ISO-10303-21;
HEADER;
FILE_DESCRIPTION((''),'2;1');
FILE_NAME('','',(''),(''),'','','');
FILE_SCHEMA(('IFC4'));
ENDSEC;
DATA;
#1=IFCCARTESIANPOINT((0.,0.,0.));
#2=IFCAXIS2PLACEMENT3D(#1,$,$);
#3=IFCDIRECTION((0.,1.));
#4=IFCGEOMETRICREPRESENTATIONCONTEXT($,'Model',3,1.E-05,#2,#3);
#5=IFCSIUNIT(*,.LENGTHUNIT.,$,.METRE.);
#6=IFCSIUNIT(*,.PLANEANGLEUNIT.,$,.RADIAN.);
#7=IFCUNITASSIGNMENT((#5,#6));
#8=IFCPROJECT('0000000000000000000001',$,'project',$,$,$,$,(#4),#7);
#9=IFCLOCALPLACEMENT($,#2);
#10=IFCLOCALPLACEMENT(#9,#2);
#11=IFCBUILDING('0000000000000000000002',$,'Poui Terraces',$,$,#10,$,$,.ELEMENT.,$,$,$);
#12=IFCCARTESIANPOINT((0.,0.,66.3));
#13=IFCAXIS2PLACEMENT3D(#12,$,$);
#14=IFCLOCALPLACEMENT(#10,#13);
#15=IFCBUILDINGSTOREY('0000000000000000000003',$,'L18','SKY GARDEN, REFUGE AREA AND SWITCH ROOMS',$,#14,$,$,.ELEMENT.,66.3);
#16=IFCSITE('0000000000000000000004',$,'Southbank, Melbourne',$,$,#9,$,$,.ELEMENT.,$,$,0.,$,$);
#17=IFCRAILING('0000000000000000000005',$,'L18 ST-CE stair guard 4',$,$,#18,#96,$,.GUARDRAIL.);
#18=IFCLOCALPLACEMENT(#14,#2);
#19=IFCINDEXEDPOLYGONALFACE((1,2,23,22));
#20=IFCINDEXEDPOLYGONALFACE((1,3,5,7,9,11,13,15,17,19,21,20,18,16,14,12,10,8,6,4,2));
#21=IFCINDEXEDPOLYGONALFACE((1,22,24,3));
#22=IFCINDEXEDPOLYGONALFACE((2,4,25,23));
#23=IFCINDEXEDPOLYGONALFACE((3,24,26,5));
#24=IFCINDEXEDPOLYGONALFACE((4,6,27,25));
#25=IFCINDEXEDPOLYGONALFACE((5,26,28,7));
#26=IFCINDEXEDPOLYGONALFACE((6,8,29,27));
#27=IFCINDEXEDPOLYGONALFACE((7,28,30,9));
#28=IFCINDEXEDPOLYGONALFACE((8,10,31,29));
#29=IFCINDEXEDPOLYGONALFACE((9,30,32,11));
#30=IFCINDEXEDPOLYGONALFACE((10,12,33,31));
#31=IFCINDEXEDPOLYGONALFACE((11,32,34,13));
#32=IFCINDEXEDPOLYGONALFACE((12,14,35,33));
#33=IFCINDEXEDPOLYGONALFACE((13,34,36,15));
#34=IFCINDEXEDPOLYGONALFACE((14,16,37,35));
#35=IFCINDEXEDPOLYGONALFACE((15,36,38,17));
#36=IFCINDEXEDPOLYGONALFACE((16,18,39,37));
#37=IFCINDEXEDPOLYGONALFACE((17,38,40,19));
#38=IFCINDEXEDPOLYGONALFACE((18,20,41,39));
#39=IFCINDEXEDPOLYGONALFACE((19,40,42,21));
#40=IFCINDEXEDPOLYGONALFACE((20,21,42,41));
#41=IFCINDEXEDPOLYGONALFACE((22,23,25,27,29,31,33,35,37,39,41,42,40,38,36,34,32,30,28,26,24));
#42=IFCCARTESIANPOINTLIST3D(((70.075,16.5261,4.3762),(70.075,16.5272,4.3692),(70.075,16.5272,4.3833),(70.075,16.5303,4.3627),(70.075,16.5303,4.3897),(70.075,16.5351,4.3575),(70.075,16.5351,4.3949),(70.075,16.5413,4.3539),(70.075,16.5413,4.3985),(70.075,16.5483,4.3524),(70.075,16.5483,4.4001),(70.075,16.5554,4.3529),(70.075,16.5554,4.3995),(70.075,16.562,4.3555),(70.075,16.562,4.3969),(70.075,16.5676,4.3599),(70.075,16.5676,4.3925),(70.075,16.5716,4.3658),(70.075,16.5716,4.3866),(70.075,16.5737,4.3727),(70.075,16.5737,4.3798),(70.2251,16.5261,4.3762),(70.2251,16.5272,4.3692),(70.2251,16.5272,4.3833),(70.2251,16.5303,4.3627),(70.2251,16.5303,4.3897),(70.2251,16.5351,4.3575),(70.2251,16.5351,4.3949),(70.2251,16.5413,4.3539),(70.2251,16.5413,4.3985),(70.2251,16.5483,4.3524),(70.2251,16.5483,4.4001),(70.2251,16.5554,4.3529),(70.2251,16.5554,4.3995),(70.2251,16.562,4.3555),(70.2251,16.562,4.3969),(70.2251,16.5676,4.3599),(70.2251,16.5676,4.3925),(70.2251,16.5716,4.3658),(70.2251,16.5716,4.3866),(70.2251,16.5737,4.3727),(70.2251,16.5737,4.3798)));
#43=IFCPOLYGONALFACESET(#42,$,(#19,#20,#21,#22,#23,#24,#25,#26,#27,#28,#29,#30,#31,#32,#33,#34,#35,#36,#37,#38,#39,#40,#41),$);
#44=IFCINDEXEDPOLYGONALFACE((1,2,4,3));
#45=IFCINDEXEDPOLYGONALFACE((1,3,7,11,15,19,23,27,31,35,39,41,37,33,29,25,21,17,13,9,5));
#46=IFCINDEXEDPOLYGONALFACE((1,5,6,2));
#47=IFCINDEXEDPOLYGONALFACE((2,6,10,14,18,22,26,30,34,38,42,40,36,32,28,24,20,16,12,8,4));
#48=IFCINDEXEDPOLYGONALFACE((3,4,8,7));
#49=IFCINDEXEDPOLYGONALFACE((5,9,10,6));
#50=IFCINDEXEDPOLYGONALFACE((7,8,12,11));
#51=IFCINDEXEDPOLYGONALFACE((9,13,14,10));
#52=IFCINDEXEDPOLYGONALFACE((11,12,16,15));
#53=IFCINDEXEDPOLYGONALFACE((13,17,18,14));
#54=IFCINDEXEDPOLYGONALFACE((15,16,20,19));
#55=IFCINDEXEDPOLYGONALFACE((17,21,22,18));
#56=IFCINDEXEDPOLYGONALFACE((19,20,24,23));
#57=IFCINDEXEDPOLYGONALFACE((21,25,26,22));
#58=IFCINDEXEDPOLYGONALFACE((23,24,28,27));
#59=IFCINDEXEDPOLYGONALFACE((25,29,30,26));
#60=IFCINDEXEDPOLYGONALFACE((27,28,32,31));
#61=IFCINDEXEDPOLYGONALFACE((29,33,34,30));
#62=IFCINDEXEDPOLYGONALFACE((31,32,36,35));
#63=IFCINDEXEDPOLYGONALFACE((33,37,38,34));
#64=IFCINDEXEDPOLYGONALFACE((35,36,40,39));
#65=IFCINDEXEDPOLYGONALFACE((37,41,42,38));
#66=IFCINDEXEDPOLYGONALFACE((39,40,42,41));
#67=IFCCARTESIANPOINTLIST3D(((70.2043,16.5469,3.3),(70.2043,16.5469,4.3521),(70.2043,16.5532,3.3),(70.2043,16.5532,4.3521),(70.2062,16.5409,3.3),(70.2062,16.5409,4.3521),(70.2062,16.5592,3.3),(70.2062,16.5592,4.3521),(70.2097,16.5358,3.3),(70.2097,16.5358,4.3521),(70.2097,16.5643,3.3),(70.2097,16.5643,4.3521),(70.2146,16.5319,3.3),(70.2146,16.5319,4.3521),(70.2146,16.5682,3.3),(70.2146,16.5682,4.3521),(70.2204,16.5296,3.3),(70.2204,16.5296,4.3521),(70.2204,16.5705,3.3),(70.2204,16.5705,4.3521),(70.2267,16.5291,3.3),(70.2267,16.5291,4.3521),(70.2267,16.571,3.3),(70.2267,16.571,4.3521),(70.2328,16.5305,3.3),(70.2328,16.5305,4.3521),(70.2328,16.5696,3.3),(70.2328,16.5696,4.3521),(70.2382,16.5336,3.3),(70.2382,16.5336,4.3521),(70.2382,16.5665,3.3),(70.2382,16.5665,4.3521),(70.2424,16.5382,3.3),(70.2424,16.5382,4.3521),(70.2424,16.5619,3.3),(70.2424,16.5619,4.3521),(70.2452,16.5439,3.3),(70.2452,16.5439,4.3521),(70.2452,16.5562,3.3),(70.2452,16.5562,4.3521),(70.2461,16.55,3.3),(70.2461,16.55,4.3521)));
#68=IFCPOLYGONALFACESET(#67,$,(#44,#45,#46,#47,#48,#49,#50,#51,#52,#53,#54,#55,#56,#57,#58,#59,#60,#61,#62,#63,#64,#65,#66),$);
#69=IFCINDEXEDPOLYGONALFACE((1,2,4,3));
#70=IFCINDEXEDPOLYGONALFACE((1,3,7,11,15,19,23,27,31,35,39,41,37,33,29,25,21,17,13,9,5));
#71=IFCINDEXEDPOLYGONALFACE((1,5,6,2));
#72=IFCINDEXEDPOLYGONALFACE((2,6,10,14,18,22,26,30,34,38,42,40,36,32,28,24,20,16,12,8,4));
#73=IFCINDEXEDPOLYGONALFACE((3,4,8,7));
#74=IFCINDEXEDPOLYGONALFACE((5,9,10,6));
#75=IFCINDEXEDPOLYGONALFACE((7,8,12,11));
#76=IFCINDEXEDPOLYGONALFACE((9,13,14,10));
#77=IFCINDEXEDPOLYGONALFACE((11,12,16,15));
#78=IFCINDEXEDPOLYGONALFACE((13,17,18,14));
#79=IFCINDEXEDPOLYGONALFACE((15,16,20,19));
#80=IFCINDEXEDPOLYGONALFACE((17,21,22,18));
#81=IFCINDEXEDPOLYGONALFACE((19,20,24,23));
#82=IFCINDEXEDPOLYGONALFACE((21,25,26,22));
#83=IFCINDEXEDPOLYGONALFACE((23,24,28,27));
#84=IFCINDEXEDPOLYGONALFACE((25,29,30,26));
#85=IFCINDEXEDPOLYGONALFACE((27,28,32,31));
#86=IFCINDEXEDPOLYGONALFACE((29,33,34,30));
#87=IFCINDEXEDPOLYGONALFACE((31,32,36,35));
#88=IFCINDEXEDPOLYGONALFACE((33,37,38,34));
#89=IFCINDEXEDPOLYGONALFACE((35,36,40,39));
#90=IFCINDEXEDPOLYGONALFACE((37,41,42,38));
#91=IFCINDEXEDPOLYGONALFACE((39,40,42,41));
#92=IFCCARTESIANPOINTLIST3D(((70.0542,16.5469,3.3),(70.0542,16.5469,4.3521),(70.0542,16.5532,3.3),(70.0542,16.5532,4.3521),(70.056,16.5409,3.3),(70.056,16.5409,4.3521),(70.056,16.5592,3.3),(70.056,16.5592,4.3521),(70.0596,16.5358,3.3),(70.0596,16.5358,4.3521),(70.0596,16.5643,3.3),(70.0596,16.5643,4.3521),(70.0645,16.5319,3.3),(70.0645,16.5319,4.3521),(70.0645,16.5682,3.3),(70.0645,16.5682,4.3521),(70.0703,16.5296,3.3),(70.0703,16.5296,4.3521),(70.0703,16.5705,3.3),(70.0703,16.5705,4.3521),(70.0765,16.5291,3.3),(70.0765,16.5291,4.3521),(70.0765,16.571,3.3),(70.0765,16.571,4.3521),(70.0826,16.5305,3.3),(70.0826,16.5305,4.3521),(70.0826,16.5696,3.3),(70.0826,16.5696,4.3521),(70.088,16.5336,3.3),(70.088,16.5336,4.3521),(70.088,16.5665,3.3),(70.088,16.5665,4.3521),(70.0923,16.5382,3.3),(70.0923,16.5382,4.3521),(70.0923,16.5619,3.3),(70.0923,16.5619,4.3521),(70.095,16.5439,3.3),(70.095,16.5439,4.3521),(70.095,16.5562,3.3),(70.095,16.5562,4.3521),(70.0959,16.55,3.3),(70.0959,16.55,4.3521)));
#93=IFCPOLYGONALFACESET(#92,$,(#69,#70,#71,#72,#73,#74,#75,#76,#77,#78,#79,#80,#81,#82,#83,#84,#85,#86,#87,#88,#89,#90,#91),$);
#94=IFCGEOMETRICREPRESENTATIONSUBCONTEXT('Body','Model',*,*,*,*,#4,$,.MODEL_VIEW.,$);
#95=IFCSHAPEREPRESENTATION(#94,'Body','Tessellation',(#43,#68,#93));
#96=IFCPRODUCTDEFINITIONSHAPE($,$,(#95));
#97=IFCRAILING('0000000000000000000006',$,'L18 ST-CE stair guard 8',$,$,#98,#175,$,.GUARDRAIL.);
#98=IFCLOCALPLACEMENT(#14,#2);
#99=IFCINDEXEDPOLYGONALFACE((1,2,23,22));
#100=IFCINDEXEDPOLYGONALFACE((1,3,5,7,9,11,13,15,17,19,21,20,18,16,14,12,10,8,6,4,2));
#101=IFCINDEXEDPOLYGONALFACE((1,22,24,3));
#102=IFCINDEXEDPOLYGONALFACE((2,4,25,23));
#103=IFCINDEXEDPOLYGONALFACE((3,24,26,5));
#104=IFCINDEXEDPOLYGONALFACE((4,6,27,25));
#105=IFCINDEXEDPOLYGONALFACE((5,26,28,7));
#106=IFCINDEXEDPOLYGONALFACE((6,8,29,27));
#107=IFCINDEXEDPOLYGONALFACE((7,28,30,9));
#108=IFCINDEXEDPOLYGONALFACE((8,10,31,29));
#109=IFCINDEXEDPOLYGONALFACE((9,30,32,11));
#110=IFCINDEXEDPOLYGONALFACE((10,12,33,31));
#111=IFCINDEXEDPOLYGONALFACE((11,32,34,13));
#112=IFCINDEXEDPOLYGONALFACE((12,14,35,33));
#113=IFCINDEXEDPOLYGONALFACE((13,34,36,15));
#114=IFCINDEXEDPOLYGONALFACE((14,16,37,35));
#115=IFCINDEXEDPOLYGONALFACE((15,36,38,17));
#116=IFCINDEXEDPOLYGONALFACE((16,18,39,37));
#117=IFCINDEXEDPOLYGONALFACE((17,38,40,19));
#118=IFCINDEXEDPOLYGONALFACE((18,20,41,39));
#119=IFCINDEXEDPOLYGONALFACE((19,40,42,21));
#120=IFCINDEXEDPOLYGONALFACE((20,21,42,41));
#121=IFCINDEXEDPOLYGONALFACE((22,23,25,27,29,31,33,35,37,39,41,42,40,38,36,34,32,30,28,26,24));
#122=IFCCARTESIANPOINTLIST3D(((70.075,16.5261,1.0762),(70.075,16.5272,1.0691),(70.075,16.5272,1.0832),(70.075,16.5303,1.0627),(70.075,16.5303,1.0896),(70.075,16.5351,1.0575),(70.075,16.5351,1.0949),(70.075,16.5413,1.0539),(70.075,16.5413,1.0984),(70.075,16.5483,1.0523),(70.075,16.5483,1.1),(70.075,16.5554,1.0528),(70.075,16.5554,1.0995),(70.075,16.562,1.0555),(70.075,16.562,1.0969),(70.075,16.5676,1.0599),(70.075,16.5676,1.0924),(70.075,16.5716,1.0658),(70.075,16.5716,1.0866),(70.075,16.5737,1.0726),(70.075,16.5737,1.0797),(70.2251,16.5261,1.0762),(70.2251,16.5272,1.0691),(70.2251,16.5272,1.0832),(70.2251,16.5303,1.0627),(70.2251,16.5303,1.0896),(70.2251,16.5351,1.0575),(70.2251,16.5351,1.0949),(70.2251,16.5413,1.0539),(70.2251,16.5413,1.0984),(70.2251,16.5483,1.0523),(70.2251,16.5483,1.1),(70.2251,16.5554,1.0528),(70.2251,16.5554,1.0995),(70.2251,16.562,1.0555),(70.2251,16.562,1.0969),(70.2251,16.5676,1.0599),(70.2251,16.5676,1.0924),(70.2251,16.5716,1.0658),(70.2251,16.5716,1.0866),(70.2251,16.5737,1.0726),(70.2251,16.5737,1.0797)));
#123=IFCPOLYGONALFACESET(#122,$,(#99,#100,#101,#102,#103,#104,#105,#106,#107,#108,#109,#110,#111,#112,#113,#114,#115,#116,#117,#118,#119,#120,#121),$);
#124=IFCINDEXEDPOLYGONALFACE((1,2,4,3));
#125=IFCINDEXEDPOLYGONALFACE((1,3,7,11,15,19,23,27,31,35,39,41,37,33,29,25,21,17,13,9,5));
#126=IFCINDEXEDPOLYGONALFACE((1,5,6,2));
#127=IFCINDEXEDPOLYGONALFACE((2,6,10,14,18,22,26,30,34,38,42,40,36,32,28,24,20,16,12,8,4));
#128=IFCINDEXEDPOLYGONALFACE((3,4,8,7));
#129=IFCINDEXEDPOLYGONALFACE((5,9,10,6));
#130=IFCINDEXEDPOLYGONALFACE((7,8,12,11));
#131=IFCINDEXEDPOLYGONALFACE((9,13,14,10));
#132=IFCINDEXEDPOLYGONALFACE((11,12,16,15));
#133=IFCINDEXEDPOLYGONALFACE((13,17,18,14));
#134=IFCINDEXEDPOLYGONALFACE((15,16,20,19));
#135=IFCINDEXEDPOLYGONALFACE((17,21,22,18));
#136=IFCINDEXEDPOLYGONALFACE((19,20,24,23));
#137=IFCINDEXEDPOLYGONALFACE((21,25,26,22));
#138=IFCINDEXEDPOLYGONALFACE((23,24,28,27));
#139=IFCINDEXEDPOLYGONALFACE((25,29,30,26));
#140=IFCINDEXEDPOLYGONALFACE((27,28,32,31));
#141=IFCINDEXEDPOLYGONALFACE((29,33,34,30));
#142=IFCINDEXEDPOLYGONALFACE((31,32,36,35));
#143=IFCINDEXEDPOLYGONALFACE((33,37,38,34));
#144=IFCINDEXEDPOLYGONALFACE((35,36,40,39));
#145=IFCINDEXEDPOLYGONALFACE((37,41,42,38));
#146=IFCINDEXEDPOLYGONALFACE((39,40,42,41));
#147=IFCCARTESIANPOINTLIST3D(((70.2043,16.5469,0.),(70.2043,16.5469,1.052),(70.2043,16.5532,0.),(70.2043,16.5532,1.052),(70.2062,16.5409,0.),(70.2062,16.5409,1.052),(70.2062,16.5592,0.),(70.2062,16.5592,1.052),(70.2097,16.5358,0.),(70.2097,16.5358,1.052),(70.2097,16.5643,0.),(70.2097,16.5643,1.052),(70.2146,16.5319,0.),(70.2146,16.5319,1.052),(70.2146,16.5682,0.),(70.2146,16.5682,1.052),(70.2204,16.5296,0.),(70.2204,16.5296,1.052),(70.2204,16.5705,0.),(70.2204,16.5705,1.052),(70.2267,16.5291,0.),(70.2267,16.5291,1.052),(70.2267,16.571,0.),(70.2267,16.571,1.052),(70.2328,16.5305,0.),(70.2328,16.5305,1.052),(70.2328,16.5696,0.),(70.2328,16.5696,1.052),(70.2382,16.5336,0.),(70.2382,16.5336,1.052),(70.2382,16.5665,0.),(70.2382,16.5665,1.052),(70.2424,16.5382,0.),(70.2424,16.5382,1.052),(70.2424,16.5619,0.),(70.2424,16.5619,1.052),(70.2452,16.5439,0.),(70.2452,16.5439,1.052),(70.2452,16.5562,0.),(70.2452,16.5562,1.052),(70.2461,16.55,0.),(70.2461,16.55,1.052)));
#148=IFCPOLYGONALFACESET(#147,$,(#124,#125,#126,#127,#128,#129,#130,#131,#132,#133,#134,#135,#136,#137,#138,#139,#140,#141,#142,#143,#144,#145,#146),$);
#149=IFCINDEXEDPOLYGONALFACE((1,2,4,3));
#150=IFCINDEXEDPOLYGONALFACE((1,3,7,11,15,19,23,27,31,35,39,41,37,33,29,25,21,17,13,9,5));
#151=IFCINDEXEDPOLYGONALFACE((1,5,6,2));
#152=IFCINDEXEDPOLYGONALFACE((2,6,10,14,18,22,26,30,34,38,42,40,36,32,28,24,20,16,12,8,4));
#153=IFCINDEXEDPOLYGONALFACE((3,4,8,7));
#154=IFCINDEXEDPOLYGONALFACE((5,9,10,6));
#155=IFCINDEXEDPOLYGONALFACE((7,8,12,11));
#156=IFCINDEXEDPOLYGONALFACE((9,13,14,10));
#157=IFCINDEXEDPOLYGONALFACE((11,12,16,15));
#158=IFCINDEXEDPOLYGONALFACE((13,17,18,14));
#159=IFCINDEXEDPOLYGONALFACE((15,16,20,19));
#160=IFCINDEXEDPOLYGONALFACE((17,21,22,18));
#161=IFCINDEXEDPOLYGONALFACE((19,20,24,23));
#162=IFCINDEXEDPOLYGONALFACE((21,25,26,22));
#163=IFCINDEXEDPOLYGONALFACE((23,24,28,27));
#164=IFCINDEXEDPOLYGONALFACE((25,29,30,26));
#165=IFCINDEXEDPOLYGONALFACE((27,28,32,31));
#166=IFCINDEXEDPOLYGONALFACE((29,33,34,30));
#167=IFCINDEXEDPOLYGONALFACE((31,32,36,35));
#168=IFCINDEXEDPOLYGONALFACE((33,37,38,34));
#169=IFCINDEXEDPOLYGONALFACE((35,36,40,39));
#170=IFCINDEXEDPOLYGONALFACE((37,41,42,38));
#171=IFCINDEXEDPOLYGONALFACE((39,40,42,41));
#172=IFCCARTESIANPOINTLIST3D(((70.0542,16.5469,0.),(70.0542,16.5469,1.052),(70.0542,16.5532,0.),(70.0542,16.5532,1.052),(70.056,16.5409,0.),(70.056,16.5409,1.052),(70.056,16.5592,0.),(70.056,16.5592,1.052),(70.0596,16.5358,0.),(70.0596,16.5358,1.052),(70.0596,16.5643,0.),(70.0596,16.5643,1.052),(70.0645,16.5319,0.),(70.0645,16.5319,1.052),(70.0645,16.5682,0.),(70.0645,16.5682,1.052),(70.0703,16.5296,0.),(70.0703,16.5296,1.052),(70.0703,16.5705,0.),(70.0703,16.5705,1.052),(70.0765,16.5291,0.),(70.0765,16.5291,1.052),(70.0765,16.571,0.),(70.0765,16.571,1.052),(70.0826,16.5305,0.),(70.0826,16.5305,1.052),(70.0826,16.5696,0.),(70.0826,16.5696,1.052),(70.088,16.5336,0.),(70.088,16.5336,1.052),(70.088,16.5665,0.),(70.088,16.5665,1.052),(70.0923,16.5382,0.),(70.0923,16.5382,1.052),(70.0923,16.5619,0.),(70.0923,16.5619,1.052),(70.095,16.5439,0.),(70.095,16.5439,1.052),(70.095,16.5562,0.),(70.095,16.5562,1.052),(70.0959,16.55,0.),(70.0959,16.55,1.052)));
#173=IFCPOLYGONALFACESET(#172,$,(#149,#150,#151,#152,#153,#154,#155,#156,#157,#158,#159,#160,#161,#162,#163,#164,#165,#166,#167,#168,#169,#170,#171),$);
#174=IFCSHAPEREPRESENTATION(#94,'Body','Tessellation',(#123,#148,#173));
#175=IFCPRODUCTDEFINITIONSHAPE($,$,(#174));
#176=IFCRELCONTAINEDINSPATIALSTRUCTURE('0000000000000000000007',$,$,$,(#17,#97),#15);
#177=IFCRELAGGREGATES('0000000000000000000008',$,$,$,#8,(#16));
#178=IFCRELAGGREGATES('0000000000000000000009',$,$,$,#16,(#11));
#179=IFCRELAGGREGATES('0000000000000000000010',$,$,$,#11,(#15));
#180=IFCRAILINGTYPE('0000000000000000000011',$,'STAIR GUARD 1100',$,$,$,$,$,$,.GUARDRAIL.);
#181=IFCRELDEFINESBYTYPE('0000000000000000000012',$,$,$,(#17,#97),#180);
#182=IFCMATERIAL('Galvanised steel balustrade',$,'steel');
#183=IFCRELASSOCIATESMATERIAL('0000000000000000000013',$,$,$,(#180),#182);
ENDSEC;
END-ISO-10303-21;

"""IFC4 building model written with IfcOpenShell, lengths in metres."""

from ifc_helpers import new_model, si_unit, direction, frame, origin, origin_2d, place, context, subcontext, project, spatial, circle, extrude, material, type_object, element, save


model = new_model("IFC4")

# Units and contexts
model_context = context("Model", 3, precision=1e-05, world=origin(), true_north=direction((0.0, 1.0)))
body_context = subcontext(model_context, "Body", "Model", "MODEL_VIEW")
ifc_project = project(units=[si_unit("LENGTHUNIT", "METRE"), si_unit("PLANEANGLEUNIT", "RADIAN")], contexts=[model_context])

# Site, building, storey
site_placement = place(None, origin())
site = spatial("IfcSite", under=ifc_project, at=site_placement, Name="Southbank, Melbourne", CompositionType="ELEMENT", RefElevation=0.0)
building_placement = place(site_placement, origin())
building = spatial("IfcBuilding", under=site, at=building_placement, Name="Poui Terraces", CompositionType="ELEMENT")
storey_placement = place(building_placement, frame((0.0, 0.0, 66.3)))
storey = spatial("IfcBuildingStorey", under=building, at=storey_placement, Name="L18", Description="SKY GARDEN, REFUGE AREA AND SWITCH ROOMS", CompositionType="ELEMENT", Elevation=66.3)

# Railings
ifc_material_1 = material(Name="Galvanised steel balustrade", Category="steel")
railing_type = type_object("IfcRailingType", Name="STAIR GUARD 1100", PredefinedType="GUARDRAIL", material=ifc_material_1)
for number, where, name in (
    (1, (70.2251, 16.55, 3.3), "L18 ST-CE stair guard 4"),
    (2, (70.2251, 16.55, 0.0), "L18 ST-CE stair guard 8"),
):
    element("IfcRailing", number, at=place(storey_placement, frame(where)), inside=storey, type_object=railing_type, Name=name, PredefinedType="GUARDRAIL", context=body_context, shape_type="SweptSolid", body=[
        extrude(circle(Radius=0.0239, at=origin_2d()), frame((0.0, 0.0, 1.0762), z_axis=(-1.0, 0.0, 0.0), x_axis=(0.0, -1.0, 0.0)), (0.0, 0.0, 1.0), 0.1501),
        extrude(circle(Radius=0.021, at=origin_2d()), origin(), (0.0, 0.0, 1.0), 1.052),
        extrude(circle(Radius=0.021, at=origin_2d()), frame((-0.1501, 0.0, 0.0)), (0.0, 0.0, 1.0), 1.052),
    ])

save(model, "model.ifc")
